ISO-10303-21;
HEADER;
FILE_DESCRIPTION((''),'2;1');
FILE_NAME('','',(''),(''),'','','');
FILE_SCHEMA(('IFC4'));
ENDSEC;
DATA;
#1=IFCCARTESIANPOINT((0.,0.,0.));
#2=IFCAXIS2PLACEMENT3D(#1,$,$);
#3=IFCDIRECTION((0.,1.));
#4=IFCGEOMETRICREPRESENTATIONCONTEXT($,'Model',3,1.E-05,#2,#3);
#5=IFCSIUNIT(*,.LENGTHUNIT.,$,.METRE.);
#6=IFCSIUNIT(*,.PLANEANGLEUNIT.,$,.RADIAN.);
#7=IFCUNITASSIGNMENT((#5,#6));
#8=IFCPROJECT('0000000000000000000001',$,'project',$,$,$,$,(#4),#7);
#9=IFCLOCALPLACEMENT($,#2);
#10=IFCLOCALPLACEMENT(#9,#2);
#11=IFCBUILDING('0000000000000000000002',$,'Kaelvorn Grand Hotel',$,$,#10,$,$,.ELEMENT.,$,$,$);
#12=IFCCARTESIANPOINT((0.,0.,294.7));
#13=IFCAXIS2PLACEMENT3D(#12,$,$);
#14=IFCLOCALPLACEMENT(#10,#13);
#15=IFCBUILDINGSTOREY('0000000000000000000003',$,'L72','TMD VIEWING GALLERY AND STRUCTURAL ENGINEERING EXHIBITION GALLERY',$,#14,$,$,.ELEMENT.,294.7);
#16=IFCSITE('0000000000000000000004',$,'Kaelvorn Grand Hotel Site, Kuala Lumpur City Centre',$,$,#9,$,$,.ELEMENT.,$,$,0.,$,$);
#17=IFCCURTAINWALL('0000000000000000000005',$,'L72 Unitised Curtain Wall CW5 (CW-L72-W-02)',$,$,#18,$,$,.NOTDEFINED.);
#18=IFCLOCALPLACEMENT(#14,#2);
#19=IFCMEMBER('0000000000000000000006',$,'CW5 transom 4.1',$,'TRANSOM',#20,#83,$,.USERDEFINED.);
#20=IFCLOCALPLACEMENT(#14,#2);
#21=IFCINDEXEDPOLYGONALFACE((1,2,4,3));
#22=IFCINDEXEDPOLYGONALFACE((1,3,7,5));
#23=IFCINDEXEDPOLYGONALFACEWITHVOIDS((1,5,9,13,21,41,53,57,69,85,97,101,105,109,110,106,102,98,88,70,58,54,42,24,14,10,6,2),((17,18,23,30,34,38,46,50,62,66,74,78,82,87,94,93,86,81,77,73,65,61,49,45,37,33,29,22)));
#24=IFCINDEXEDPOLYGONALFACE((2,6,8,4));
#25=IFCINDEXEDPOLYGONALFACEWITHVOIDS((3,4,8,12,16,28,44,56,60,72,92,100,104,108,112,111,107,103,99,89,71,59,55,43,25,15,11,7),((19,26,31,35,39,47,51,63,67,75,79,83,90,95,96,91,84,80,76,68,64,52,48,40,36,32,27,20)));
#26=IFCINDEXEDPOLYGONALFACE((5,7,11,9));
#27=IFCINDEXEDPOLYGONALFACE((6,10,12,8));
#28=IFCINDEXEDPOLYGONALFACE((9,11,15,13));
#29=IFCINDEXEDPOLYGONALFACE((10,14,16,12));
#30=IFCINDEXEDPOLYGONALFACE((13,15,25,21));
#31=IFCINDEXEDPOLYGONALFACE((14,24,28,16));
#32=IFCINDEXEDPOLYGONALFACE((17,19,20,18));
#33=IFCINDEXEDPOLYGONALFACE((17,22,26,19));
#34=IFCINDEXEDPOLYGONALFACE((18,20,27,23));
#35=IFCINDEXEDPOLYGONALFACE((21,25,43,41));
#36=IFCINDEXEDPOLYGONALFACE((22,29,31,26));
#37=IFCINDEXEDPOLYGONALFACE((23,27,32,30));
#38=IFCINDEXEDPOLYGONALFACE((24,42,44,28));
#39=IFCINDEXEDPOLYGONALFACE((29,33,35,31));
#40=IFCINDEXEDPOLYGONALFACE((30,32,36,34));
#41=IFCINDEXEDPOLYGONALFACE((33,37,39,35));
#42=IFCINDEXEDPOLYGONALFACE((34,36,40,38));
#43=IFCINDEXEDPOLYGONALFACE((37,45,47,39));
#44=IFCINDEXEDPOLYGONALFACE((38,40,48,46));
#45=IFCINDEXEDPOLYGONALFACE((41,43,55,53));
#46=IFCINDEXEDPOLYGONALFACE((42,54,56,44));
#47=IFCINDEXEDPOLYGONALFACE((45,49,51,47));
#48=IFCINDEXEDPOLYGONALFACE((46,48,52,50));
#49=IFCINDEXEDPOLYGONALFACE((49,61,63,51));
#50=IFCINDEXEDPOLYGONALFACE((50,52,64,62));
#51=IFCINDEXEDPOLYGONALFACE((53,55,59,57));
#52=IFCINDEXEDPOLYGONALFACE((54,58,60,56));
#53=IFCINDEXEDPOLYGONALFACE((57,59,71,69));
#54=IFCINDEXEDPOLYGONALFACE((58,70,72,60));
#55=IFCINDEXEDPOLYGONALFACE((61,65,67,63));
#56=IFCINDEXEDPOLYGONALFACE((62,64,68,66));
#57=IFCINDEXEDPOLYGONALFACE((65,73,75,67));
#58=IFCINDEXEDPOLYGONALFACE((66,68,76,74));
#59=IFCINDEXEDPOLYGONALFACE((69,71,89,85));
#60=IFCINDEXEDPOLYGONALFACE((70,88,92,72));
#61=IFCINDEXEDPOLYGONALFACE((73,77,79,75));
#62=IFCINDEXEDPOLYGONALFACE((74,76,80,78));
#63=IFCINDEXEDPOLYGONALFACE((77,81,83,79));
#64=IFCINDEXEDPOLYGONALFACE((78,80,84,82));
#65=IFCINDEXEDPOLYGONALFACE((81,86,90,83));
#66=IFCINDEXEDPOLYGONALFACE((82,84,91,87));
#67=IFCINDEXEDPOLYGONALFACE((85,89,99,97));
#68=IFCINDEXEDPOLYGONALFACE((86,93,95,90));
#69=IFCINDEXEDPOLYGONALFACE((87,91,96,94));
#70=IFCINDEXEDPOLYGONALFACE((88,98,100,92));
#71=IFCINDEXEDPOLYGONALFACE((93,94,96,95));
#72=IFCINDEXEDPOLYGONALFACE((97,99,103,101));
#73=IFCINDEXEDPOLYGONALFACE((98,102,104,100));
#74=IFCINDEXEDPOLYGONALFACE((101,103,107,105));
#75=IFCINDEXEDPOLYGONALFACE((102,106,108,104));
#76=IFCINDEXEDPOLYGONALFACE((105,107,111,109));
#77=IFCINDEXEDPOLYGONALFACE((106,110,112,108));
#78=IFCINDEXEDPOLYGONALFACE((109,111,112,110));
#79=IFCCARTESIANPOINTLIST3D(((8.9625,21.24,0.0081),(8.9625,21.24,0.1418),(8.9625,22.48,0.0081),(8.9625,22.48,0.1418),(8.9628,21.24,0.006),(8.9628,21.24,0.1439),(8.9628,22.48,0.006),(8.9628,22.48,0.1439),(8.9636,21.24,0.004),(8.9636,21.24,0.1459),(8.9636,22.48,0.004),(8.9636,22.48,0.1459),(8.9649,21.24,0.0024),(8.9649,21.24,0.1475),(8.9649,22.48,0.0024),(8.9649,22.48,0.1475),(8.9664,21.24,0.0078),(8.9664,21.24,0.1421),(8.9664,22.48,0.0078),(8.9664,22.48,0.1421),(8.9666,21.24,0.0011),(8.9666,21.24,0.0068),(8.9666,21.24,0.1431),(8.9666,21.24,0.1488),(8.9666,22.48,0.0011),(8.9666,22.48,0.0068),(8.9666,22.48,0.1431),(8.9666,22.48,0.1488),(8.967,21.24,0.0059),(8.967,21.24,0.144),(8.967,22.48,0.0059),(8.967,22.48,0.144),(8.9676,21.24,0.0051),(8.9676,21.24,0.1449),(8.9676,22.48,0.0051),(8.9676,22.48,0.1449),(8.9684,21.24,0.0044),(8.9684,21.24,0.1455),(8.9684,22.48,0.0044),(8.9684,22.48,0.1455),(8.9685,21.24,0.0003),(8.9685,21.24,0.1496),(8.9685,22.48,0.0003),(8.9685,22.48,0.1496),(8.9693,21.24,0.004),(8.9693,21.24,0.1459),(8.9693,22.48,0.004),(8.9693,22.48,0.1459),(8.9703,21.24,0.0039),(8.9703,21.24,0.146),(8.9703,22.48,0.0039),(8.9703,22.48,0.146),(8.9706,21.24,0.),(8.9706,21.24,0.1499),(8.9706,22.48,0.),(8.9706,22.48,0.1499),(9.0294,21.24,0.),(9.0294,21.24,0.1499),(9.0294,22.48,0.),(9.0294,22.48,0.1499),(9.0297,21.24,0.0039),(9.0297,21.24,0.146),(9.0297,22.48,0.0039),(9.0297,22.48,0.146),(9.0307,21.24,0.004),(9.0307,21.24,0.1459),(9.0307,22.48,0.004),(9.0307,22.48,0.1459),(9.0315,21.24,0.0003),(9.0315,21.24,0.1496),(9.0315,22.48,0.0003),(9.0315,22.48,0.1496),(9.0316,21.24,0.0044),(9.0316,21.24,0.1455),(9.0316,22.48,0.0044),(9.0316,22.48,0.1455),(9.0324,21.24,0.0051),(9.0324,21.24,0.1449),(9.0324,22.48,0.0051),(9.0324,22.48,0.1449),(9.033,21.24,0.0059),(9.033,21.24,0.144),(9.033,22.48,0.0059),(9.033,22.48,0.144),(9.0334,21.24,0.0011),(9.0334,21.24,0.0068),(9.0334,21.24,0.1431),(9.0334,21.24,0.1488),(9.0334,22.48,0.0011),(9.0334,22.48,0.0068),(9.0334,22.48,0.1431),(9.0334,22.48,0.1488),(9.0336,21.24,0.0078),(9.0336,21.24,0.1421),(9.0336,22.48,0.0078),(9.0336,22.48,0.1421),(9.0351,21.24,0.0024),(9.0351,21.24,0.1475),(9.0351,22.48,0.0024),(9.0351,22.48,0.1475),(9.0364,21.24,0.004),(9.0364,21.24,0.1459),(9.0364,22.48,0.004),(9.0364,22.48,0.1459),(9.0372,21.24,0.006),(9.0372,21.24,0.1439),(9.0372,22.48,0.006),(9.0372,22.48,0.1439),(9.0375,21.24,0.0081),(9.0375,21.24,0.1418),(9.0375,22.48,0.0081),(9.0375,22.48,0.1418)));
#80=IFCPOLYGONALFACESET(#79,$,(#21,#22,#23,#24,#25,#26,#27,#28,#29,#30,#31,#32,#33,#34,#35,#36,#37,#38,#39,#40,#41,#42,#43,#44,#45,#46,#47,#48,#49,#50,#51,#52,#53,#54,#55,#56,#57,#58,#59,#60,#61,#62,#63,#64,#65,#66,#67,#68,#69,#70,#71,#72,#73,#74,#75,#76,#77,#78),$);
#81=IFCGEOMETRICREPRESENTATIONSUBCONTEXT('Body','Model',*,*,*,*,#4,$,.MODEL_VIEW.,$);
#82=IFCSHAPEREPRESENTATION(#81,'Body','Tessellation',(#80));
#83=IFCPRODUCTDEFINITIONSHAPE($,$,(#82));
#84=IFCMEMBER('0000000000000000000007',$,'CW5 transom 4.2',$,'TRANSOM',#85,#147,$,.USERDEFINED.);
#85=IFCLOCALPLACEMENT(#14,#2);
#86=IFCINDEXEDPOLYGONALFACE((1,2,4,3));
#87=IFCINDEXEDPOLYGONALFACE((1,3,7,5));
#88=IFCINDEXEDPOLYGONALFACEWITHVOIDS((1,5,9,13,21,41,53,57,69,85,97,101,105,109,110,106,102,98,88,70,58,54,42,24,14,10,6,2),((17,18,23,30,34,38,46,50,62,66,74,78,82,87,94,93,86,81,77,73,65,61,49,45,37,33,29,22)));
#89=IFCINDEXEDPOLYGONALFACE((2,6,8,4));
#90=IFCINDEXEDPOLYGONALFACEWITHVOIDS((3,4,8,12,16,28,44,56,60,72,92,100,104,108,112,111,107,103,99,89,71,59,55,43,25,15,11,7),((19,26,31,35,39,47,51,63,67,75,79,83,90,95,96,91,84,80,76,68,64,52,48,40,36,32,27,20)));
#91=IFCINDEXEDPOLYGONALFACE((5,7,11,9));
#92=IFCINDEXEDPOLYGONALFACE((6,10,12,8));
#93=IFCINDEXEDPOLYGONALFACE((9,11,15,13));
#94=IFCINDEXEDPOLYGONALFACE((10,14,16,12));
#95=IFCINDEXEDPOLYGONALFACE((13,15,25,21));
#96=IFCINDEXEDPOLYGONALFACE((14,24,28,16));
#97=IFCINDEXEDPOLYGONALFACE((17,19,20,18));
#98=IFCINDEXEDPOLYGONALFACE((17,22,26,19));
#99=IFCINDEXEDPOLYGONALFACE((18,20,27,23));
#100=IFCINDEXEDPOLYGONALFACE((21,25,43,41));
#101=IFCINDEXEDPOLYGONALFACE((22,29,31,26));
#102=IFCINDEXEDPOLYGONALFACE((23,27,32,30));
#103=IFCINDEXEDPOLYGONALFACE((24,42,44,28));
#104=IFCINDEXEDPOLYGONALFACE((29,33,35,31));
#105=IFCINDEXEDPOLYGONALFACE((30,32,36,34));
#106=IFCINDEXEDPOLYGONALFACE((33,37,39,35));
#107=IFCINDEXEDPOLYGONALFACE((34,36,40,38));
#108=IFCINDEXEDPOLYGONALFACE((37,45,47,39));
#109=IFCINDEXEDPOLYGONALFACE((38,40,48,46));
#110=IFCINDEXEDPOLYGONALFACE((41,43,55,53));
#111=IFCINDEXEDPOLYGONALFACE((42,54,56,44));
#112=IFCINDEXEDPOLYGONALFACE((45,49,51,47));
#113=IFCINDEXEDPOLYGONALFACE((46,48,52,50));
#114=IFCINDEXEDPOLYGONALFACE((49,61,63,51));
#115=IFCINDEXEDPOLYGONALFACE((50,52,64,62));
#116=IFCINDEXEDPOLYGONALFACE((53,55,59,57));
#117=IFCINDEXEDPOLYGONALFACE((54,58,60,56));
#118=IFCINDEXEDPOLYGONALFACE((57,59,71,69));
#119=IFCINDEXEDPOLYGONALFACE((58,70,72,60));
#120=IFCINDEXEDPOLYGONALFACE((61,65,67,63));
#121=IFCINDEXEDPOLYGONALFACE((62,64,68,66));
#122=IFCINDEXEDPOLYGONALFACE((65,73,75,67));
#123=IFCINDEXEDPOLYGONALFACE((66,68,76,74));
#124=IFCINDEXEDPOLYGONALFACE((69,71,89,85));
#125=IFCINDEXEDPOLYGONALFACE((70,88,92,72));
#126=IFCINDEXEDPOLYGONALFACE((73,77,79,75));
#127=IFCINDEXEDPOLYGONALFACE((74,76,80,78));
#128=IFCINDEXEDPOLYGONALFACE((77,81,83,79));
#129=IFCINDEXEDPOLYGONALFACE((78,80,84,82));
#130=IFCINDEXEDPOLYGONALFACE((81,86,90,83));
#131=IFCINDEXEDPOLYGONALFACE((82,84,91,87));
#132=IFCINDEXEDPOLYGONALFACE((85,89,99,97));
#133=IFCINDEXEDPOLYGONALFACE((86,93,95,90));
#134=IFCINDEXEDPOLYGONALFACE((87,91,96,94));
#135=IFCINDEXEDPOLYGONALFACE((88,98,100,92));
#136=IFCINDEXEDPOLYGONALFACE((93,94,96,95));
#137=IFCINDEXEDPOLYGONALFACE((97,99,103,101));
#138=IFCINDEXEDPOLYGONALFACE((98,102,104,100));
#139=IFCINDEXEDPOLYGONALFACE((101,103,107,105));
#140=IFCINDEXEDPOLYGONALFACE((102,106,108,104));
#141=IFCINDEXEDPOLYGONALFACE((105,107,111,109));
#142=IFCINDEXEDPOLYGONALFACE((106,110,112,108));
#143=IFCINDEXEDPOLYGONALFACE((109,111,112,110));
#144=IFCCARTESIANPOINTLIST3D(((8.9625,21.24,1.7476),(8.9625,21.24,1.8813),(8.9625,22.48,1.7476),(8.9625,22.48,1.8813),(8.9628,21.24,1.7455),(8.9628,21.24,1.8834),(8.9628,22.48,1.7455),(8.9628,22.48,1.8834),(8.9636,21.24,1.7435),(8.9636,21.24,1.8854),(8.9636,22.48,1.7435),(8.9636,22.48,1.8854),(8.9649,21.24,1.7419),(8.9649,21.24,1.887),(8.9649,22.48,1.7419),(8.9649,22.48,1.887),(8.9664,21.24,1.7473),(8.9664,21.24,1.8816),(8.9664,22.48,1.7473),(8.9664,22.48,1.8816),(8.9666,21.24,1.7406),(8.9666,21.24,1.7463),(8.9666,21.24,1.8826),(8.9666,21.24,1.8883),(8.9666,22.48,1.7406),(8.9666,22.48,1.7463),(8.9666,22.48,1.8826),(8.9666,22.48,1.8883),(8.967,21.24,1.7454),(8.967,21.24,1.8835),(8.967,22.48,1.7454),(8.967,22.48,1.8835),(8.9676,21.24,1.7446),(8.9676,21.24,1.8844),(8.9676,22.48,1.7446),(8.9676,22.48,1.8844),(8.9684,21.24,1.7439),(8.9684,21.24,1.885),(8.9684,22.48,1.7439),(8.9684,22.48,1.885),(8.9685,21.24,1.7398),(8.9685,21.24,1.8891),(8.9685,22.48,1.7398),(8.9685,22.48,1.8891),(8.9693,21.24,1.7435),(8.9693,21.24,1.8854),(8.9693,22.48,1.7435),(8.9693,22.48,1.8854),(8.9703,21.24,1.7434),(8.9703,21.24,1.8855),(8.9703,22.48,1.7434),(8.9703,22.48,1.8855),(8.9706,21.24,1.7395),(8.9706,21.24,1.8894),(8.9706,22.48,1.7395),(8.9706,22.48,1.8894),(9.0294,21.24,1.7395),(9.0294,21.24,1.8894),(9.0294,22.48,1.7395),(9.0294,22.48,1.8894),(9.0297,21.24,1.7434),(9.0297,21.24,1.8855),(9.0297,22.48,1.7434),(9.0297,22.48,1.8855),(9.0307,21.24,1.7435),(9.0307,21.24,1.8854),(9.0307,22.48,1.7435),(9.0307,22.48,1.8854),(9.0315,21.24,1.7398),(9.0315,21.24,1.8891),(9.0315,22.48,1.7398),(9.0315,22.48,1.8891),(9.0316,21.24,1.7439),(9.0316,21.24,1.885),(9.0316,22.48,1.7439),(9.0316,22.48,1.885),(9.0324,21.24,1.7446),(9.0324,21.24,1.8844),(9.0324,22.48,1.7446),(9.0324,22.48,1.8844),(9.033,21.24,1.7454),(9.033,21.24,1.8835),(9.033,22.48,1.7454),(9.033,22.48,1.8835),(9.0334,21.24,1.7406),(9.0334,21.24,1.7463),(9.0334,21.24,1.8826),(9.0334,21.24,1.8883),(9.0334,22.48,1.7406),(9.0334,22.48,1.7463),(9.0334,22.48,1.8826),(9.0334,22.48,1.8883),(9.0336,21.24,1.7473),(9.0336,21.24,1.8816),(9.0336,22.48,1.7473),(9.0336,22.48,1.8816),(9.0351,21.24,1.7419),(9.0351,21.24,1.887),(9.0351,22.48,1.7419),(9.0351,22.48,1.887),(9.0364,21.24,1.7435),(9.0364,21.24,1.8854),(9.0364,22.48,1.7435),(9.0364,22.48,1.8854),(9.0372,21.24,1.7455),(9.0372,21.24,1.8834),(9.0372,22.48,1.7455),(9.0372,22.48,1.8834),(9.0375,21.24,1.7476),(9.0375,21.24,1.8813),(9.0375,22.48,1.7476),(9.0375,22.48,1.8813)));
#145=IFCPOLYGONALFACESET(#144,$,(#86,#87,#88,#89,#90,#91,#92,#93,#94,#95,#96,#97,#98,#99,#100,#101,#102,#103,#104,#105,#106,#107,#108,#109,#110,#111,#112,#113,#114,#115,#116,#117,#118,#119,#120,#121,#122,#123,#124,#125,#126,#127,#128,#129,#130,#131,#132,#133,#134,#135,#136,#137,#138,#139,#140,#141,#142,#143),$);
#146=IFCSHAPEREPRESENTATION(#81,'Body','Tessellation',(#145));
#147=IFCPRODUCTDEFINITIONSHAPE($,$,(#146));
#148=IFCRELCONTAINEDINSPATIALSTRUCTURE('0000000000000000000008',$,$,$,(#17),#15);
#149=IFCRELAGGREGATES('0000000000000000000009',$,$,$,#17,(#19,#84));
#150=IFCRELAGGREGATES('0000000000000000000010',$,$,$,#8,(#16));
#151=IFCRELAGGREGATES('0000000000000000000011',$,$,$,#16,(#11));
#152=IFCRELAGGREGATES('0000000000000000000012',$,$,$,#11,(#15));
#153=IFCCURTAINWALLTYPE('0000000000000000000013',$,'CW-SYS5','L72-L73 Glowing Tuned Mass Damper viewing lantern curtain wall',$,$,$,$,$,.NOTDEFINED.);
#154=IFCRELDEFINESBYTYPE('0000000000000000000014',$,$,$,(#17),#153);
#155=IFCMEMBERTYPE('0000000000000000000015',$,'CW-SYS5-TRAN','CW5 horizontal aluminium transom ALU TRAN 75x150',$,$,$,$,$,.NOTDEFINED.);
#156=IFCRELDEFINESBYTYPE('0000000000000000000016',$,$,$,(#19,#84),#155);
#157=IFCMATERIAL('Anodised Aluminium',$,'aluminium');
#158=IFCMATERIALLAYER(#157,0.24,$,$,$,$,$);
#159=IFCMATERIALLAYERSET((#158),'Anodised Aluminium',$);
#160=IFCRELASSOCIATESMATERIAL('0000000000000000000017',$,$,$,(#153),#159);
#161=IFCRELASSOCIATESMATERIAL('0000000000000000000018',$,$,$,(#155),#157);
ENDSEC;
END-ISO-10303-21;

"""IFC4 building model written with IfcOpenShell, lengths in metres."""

from ifc_helpers import new_model, si_unit, direction, frame, origin, origin_2d, place, context, subcontext, project, spatial, hollow_rectangle, extrude, material, layer, layer_set, material_profile, profile_set, type_object, element, aggregate, save


model = new_model("IFC4")

# Units and contexts
model_context = context("Model", 3, precision=1e-05, world=origin(), true_north=direction((0.0, 1.0)))
body_context = subcontext(model_context, "Body", "Model", "MODEL_VIEW")
ifc_project = project(units=[si_unit("LENGTHUNIT", "METRE"), si_unit("PLANEANGLEUNIT", "RADIAN")], contexts=[model_context])

# Site, building, storey
site_placement = place(None, origin())
site = spatial("IfcSite", under=ifc_project, at=site_placement, Name="Kaelvorn Grand Hotel Site, Kuala Lumpur City Centre", CompositionType="ELEMENT", RefElevation=0.0)
building_placement = place(site_placement, origin())
building = spatial("IfcBuilding", under=site, at=building_placement, Name="Kaelvorn Grand Hotel", CompositionType="ELEMENT")
storey_placement = place(building_placement, frame((0.0, 0.0, 294.7)))
storey = spatial("IfcBuildingStorey", under=building, at=storey_placement, Name="L72", Description="TMD VIEWING GALLERY AND STRUCTURAL ENGINEERING EXHIBITION GALLERY", CompositionType="ELEMENT", Elevation=294.7)

# Curtain wall, members
ifc_material_1 = material(Name="Anodised Aluminium", Category="aluminium")
ifc_layer_1 = layer(ifc_material_1, 0.24)
ifc_layer_set_1 = layer_set([ifc_layer_1], Name="Anodised Aluminium")
curtain_wall_type = type_object("IfcCurtainWallType", Name="CW-SYS5", Description="L72-L73 Glowing Tuned Mass Damper viewing lantern curtain wall", PredefinedType="NOTDEFINED", material=ifc_layer_set_1)
curtain_wall_placement = place(storey_placement, origin())
curtain_wall = element("IfcCurtainWall", 1, at=curtain_wall_placement, inside=storey, type_object=curtain_wall_type, Name="L72 Unitised Curtain Wall CW5 (CW-L72-W-02)", PredefinedType="NOTDEFINED")
ifc_material_profile_1 = material_profile(ifc_material_1, hollow_rectangle(XDim=0.075, YDim=0.1499, WallThickness=0.0039, InnerFilletRadius=0.0039, OuterFilletRadius=0.0081, at=origin_2d()), Name="ALU TRAN 75x150")
ifc_profile_set_1 = profile_set([ifc_material_profile_1], Name="Anodised Aluminium")
member_type_1 = type_object("IfcMemberType", Name="CW-SYS5-TRAN", Description="CW5 horizontal aluminium transom ALU TRAN 75x150", PredefinedType="NOTDEFINED", material=ifc_profile_set_1)
member_1_placement = place(storey_placement, frame((9.0, 22.48, 0.075), z_axis=(0.0, -1.0, 0.0), x_axis=(1.0, 0.0, 0.0)))
member_1 = element("IfcMember", 2, at=member_1_placement, type_object=member_type_1, Name="CW5 transom 4.1", ObjectType="TRANSOM", PredefinedType="USERDEFINED", context=body_context, shape_type="SweptSolid", body=[
    extrude(hollow_rectangle(XDim=0.075, YDim=0.1499, WallThickness=0.0039, InnerFilletRadius=0.0039, OuterFilletRadius=0.0081, at=origin_2d()), origin(), (0.0, 0.0, 1.0), 1.24),
])
member_2_placement = place(storey_placement, frame((9.0, 22.48, 1.8145), z_axis=(0.0, -1.0, 0.0), x_axis=(1.0, 0.0, 0.0)))
member_2 = element("IfcMember", 3, at=member_2_placement, type_object=member_type_1, Name="CW5 transom 4.2", ObjectType="TRANSOM", PredefinedType="USERDEFINED", context=body_context, shape_type="SweptSolid", body=[
    extrude(hollow_rectangle(XDim=0.075, YDim=0.1499, WallThickness=0.0039, InnerFilletRadius=0.0039, OuterFilletRadius=0.0081, at=origin_2d()), origin(), (0.0, 0.0, 1.0), 1.24),
])
aggregate(curtain_wall, [member_1, member_2])

save(model, "model.ifc")
